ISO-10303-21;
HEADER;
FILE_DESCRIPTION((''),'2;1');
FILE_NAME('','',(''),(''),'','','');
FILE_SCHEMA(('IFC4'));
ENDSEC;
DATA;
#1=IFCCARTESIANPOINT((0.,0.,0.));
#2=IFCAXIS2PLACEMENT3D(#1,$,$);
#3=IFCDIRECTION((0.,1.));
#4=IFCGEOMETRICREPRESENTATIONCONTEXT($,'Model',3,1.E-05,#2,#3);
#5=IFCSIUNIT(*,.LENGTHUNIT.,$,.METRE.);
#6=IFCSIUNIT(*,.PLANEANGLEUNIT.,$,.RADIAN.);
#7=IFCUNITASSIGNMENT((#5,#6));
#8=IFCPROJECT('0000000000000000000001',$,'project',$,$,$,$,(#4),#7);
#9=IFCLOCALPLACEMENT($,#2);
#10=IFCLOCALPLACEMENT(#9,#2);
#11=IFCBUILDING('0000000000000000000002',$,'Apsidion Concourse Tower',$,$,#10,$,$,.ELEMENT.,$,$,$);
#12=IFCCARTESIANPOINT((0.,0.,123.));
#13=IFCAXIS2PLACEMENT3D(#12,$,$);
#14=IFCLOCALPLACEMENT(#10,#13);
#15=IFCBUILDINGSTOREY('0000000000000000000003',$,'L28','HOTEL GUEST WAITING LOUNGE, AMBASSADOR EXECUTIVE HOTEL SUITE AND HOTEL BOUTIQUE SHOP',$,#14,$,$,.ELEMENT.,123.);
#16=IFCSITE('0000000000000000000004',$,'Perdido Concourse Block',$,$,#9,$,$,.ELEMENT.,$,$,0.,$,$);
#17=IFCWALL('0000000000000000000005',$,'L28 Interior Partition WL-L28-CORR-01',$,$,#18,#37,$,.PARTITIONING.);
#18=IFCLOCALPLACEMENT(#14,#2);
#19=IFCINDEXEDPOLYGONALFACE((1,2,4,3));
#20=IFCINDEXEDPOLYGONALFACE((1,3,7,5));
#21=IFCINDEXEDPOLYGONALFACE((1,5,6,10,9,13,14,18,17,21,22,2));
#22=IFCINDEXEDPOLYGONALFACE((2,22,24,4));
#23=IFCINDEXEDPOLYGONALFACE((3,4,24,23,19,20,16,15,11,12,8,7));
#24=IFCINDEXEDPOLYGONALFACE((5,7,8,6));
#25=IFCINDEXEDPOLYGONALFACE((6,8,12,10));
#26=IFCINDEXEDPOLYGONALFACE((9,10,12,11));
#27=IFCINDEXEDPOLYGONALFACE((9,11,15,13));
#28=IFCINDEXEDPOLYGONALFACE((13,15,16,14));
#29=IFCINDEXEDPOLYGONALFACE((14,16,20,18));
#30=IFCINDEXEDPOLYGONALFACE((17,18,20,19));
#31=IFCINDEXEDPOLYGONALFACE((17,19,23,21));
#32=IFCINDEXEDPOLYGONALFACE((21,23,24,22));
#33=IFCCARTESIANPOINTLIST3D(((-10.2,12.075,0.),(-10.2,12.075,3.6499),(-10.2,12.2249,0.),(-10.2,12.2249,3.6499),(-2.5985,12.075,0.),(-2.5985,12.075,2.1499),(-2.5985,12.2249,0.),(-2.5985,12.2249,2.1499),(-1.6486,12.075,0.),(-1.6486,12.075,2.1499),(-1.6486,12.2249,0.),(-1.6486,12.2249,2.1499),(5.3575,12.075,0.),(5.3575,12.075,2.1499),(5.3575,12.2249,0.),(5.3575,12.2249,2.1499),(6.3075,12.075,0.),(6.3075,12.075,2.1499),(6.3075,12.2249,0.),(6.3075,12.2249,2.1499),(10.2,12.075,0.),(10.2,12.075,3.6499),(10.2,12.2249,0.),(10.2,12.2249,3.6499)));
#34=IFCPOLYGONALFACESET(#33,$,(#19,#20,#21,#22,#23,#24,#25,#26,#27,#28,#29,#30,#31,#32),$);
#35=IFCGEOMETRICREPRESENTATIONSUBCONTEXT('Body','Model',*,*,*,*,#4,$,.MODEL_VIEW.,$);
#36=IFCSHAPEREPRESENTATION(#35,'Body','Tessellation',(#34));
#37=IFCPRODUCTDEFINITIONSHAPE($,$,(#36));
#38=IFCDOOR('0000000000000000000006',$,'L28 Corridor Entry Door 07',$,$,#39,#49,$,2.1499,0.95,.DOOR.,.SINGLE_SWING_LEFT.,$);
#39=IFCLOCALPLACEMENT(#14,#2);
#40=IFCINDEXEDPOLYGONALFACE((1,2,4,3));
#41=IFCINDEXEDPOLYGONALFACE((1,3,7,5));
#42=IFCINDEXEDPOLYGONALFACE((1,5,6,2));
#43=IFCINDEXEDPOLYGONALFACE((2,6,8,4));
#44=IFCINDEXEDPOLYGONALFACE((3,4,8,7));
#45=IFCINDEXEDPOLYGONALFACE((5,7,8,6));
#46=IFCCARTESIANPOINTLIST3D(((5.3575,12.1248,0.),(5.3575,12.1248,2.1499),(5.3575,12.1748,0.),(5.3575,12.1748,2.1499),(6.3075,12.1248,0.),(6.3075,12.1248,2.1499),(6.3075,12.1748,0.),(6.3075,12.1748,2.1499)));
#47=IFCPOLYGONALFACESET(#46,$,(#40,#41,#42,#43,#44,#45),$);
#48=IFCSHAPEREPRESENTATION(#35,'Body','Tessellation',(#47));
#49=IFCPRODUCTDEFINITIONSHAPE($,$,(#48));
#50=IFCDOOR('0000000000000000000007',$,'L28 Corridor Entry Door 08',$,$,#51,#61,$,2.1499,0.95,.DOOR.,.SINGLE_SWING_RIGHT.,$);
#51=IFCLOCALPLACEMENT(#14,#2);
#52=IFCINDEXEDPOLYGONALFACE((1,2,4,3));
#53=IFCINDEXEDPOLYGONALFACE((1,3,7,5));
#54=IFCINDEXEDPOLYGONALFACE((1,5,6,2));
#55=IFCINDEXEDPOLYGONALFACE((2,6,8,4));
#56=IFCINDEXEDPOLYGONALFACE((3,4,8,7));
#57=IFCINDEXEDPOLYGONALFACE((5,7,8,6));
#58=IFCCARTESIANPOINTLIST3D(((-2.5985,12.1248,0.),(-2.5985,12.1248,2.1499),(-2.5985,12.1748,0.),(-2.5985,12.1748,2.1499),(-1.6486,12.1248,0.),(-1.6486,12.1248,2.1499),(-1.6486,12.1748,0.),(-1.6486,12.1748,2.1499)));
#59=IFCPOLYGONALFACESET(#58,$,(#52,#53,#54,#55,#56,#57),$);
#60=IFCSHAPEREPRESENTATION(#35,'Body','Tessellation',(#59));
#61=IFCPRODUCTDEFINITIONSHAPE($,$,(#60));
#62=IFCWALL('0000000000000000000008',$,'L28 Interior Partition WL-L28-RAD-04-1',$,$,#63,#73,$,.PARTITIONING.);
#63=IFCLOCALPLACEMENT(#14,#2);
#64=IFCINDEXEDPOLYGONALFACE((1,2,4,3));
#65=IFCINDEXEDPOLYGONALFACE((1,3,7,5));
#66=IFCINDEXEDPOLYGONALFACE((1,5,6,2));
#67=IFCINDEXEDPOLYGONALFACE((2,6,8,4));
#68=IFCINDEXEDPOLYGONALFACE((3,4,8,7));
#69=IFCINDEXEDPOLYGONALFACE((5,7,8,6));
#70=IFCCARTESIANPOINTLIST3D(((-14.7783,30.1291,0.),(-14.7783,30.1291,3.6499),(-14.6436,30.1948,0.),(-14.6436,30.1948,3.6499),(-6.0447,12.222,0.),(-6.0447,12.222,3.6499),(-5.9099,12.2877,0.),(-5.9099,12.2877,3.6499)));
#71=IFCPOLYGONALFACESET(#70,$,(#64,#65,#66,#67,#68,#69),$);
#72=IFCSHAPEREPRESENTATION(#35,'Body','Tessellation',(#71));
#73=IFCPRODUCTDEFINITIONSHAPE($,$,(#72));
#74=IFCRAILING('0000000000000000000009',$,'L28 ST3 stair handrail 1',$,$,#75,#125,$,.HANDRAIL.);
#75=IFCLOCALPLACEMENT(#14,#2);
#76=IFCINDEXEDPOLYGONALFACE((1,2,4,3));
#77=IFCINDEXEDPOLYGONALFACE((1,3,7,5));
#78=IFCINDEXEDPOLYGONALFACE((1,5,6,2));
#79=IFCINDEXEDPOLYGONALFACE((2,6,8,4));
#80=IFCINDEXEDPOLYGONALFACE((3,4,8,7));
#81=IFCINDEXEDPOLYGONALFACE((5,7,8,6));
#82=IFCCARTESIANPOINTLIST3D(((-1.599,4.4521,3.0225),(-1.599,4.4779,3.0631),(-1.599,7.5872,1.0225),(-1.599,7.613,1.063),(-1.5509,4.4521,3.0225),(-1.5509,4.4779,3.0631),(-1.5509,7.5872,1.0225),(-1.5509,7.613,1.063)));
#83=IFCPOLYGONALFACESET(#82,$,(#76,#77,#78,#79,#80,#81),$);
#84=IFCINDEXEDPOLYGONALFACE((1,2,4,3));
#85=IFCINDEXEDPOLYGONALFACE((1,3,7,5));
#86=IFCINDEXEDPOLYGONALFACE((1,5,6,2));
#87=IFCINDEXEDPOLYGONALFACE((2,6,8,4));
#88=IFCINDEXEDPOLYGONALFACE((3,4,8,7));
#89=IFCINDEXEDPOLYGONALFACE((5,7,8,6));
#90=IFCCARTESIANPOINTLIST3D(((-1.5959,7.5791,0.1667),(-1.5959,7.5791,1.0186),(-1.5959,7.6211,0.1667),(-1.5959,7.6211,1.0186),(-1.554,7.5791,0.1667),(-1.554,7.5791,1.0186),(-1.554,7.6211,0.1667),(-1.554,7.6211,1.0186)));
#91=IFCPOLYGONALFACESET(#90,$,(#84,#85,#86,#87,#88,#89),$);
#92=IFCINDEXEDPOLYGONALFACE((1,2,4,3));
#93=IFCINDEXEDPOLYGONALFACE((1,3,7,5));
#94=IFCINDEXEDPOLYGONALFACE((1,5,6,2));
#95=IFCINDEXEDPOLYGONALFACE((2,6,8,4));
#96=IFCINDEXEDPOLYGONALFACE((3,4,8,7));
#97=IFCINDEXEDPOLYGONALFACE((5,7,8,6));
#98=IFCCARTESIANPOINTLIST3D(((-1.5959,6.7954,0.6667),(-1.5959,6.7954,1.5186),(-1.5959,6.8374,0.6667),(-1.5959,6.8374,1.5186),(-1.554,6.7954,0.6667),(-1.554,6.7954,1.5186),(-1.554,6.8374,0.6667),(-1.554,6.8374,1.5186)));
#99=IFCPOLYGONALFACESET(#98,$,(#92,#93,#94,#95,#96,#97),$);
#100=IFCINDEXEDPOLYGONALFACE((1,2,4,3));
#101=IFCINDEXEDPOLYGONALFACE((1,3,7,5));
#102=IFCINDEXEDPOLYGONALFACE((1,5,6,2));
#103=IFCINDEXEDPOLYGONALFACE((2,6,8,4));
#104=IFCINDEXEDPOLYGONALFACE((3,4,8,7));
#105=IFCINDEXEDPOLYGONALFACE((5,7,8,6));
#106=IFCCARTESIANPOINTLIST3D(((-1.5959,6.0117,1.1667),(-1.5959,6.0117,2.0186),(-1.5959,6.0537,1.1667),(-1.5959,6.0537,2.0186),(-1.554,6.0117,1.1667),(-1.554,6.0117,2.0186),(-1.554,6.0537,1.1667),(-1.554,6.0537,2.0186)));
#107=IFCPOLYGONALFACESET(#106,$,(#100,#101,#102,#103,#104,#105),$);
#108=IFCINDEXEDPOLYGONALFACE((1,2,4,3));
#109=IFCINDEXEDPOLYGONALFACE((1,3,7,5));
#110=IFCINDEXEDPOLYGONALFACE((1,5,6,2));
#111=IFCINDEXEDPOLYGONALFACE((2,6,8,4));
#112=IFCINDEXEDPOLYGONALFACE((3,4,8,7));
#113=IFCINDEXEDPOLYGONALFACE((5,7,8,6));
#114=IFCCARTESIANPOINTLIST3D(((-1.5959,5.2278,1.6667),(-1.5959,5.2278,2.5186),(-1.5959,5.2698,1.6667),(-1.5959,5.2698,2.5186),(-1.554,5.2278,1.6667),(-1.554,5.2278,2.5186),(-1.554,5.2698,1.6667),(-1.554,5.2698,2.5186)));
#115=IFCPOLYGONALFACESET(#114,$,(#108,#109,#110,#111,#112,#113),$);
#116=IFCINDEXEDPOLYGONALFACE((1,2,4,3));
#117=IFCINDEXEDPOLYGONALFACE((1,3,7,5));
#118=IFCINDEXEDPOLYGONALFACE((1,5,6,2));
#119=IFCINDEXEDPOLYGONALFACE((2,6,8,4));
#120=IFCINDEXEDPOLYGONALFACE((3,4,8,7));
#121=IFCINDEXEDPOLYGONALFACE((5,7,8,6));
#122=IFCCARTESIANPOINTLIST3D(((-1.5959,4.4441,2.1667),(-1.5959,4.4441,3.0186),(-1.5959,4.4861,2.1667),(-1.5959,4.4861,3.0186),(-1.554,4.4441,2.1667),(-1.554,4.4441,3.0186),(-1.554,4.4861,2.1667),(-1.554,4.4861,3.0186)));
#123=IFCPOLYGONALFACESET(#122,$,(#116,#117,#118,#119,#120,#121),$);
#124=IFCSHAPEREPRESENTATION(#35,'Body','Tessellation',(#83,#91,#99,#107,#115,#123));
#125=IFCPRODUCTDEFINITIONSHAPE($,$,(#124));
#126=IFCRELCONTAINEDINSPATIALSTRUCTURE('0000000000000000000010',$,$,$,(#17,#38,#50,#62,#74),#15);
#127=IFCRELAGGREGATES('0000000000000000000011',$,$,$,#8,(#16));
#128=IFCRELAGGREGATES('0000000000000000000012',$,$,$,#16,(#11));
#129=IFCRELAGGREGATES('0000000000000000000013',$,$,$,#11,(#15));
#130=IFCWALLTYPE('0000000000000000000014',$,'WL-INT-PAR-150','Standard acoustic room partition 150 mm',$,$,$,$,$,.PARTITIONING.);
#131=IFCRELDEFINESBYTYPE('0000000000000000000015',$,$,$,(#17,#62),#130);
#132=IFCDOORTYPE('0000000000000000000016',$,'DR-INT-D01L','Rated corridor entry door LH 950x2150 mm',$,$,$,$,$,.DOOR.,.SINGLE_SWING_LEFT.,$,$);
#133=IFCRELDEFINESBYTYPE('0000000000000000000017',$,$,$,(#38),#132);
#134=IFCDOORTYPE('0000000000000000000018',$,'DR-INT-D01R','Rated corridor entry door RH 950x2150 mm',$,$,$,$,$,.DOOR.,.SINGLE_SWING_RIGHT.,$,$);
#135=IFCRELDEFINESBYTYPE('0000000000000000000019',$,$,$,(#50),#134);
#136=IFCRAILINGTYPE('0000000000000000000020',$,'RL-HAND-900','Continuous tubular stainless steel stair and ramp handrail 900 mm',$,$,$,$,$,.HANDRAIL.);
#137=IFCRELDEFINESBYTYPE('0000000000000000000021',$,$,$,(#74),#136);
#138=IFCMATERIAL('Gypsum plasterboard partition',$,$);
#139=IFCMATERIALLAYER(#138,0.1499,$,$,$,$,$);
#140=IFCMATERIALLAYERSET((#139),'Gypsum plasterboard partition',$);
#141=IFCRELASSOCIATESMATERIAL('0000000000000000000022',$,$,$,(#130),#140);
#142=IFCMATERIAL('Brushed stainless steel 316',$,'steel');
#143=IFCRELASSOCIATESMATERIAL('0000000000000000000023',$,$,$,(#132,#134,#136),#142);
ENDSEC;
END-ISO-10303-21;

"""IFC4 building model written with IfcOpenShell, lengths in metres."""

from ifc_helpers import new_model, si_unit, direction, frame, frame_2d, origin, origin_2d, place, context, subcontext, project, spatial, rectangle, extrude, material, layer, layer_set, type_object, element, fill, save


model = new_model("IFC4")

# Units and contexts
model_context = context("Model", 3, precision=1e-05, world=origin(), true_north=direction((0.0, 1.0)))
body_context = subcontext(model_context, "Body", "Model", "MODEL_VIEW")
ifc_project = project(units=[si_unit("LENGTHUNIT", "METRE"), si_unit("PLANEANGLEUNIT", "RADIAN")], contexts=[model_context])

# Site, building, storey
site_placement = place(None, origin())
site = spatial("IfcSite", under=ifc_project, at=site_placement, Name="Perdido Concourse Block", CompositionType="ELEMENT", RefElevation=0.0)
building_placement = place(site_placement, origin())
building = spatial("IfcBuilding", under=site, at=building_placement, Name="Apsidion Concourse Tower", CompositionType="ELEMENT")
storey_placement = place(building_placement, frame((0.0, 0.0, 123.0)))
storey = spatial("IfcBuildingStorey", under=building, at=storey_placement, Name="L28", Description="HOTEL GUEST WAITING LOUNGE, AMBASSADOR EXECUTIVE HOTEL SUITE AND HOTEL BOUTIQUE SHOP", CompositionType="ELEMENT", Elevation=123.0)

# Shared definitions
ifc_material_1 = material(Name="Gypsum plasterboard partition")

# Wall, openings, doors
ifc_layer_1 = layer(ifc_material_1, 0.1499)
ifc_layer_set_1 = layer_set([ifc_layer_1], Name="Gypsum plasterboard partition")
wall_type_1 = type_object("IfcWallType", Name="WL-INT-PAR-150", Description="Standard acoustic room partition 150 mm", PredefinedType="PARTITIONING", material=ifc_layer_set_1)
wall_1_placement = place(storey_placement, frame((-10.2, 12.1499, 0.0), z_axis=(0.0, 0.0, 1.0), x_axis=(1.0, 0.0, 0.0)))
wall_1 = element("IfcWall", 1, at=wall_1_placement, inside=storey, type_object=wall_type_1, Name="L28 Interior Partition WL-L28-CORR-01", PredefinedType="PARTITIONING", context=body_context, shape_type="SweptSolid", body=[
    extrude(rectangle(XDim=20.3999, YDim=0.1499, at=frame_2d((10.2, 0.0))), origin(), (0.0, 0.0, 1.0), 3.6499),
])
opening_1_placement = place(wall_1_placement, frame((15.5574, 0.0, 0.0)))
opening_1 = element("IfcOpeningElement", 2, at=opening_1_placement, cuts=wall_1, PredefinedType="OPENING", context=body_context, shape_type="SweptSolid", body=[
    extrude(rectangle(XDim=0.95, YDim=2.1499, at=frame_2d((0.4751, 1.075))), frame((0.0, 0.085, 0.0), z_axis=(0.0, -1.0, 0.0), x_axis=(1.0, 0.0, 0.0)), (0.0, 0.0, 1.0), 0.1699),
])
opening_2_placement = place(wall_1_placement, frame((7.6013, 0.0, 0.0)))
opening_2 = element("IfcOpeningElement", 3, at=opening_2_placement, cuts=wall_1, PredefinedType="OPENING", context=body_context, shape_type="SweptSolid", body=[
    extrude(rectangle(XDim=0.95, YDim=2.1499, at=frame_2d((0.4751, 1.075))), frame((0.0, 0.085, 0.0), z_axis=(0.0, -1.0, 0.0), x_axis=(1.0, 0.0, 0.0)), (0.0, 0.0, 1.0), 0.1699),
])
ifc_material_2 = material(Name="Brushed stainless steel 316", Category="steel")
door_type_1 = type_object("IfcDoorType", Name="DR-INT-D01L", Description="Rated corridor entry door LH 950x2150 mm", OperationType="SINGLE_SWING_LEFT", PredefinedType="DOOR", material=ifc_material_2)
door_1_placement = place(opening_1_placement, origin())
door_1 = element("IfcDoor", 4, at=door_1_placement, inside=storey, type_object=door_type_1, Name="L28 Corridor Entry Door 07", OperationType="SINGLE_SWING_LEFT", OverallHeight=2.1499, OverallWidth=0.95, PredefinedType="DOOR", context=body_context, shape_type="SweptSolid", body=[
    extrude(rectangle(XDim=0.95, YDim=2.1499, at=frame_2d((0.4751, 1.075))), frame((0.0, 0.0249, 0.0), z_axis=(0.0, -1.0, 0.0), x_axis=(1.0, 0.0, 0.0)), (0.0, 0.0, 1.0), 0.05),
])
fill(opening_1, door_1)
door_type_2 = type_object("IfcDoorType", Name="DR-INT-D01R", Description="Rated corridor entry door RH 950x2150 mm", OperationType="SINGLE_SWING_RIGHT", PredefinedType="DOOR", material=ifc_material_2)
door_2_placement = place(opening_2_placement, origin())
door_2 = element("IfcDoor", 5, at=door_2_placement, inside=storey, type_object=door_type_2, Name="L28 Corridor Entry Door 08", OperationType="SINGLE_SWING_RIGHT", OverallHeight=2.1499, OverallWidth=0.95, PredefinedType="DOOR", context=body_context, shape_type="SweptSolid", body=[
    extrude(rectangle(XDim=0.95, YDim=2.1499, at=frame_2d((0.4751, 1.075))), frame((0.0, 0.0249, 0.0), z_axis=(0.0, -1.0, 0.0), x_axis=(1.0, 0.0, 0.0)), (0.0, 0.0, 1.0), 0.05),
])
fill(opening_2, door_2)

# Wall
wall_2_placement = place(storey_placement, frame((-5.9773, 12.2549, 0.0), z_axis=(0.0, 0.0, 1.0), x_axis=(-0.438364, 0.898798, 0.0)))
element("IfcWall", 6, at=wall_2_placement, inside=storey, type_object=wall_type_1, Name="L28 Interior Partition WL-L28-RAD-04-1", PredefinedType="PARTITIONING", context=body_context, shape_type="SweptSolid", body=[
    extrude(rectangle(XDim=19.9233, YDim=0.1499, at=frame_2d((9.9617, 0.0))), origin(), (0.0, 0.0, 1.0), 3.6499),
])

# Railing
railing_type = type_object("IfcRailingType", Name="RL-HAND-900", Description="Continuous tubular stainless steel stair and ramp handrail 900 mm", PredefinedType="HANDRAIL", material=ifc_material_2)
railing_placement = place(storey_placement, frame((-1.575, 7.6001, 0.1667)))
element("IfcRailing", 7, at=railing_placement, inside=storey, type_object=railing_type, Name="L28 ST3 stair handrail 1", PredefinedType="HANDRAIL", context=body_context, shape_type="SweptSolid", body=[
    extrude(rectangle(XDim=0.0481, YDim=0.0481, at=origin_2d()), frame((0.0, 0.0, 0.876), z_axis=(0.0, -0.843053, 0.537831), x_axis=(1.0, 0.0, 0.0)), (0.0, 0.0, 1.0), 3.7188),
    extrude(rectangle(XDim=0.042, YDim=0.042, at=origin_2d()), origin(), (0.0, 0.0, 1.0), 0.8518),
    extrude(rectangle(XDim=0.042, YDim=0.042, at=origin_2d()), frame((0.0, -0.7837, 0.5)), (0.0, 0.0, 1.0), 0.8518),
    extrude(rectangle(XDim=0.042, YDim=0.042, at=origin_2d()), frame((0.0, -1.5674, 1.0)), (0.0, 0.0, 1.0), 0.8518),
    extrude(rectangle(XDim=0.042, YDim=0.042, at=origin_2d()), frame((0.0, -2.3513, 1.5)), (0.0, 0.0, 1.0), 0.8518),
    extrude(rectangle(XDim=0.042, YDim=0.042, at=origin_2d()), frame((0.0, -3.135, 2.0)), (0.0, 0.0, 1.0), 0.8518),
])

save(model, "model.ifc")
